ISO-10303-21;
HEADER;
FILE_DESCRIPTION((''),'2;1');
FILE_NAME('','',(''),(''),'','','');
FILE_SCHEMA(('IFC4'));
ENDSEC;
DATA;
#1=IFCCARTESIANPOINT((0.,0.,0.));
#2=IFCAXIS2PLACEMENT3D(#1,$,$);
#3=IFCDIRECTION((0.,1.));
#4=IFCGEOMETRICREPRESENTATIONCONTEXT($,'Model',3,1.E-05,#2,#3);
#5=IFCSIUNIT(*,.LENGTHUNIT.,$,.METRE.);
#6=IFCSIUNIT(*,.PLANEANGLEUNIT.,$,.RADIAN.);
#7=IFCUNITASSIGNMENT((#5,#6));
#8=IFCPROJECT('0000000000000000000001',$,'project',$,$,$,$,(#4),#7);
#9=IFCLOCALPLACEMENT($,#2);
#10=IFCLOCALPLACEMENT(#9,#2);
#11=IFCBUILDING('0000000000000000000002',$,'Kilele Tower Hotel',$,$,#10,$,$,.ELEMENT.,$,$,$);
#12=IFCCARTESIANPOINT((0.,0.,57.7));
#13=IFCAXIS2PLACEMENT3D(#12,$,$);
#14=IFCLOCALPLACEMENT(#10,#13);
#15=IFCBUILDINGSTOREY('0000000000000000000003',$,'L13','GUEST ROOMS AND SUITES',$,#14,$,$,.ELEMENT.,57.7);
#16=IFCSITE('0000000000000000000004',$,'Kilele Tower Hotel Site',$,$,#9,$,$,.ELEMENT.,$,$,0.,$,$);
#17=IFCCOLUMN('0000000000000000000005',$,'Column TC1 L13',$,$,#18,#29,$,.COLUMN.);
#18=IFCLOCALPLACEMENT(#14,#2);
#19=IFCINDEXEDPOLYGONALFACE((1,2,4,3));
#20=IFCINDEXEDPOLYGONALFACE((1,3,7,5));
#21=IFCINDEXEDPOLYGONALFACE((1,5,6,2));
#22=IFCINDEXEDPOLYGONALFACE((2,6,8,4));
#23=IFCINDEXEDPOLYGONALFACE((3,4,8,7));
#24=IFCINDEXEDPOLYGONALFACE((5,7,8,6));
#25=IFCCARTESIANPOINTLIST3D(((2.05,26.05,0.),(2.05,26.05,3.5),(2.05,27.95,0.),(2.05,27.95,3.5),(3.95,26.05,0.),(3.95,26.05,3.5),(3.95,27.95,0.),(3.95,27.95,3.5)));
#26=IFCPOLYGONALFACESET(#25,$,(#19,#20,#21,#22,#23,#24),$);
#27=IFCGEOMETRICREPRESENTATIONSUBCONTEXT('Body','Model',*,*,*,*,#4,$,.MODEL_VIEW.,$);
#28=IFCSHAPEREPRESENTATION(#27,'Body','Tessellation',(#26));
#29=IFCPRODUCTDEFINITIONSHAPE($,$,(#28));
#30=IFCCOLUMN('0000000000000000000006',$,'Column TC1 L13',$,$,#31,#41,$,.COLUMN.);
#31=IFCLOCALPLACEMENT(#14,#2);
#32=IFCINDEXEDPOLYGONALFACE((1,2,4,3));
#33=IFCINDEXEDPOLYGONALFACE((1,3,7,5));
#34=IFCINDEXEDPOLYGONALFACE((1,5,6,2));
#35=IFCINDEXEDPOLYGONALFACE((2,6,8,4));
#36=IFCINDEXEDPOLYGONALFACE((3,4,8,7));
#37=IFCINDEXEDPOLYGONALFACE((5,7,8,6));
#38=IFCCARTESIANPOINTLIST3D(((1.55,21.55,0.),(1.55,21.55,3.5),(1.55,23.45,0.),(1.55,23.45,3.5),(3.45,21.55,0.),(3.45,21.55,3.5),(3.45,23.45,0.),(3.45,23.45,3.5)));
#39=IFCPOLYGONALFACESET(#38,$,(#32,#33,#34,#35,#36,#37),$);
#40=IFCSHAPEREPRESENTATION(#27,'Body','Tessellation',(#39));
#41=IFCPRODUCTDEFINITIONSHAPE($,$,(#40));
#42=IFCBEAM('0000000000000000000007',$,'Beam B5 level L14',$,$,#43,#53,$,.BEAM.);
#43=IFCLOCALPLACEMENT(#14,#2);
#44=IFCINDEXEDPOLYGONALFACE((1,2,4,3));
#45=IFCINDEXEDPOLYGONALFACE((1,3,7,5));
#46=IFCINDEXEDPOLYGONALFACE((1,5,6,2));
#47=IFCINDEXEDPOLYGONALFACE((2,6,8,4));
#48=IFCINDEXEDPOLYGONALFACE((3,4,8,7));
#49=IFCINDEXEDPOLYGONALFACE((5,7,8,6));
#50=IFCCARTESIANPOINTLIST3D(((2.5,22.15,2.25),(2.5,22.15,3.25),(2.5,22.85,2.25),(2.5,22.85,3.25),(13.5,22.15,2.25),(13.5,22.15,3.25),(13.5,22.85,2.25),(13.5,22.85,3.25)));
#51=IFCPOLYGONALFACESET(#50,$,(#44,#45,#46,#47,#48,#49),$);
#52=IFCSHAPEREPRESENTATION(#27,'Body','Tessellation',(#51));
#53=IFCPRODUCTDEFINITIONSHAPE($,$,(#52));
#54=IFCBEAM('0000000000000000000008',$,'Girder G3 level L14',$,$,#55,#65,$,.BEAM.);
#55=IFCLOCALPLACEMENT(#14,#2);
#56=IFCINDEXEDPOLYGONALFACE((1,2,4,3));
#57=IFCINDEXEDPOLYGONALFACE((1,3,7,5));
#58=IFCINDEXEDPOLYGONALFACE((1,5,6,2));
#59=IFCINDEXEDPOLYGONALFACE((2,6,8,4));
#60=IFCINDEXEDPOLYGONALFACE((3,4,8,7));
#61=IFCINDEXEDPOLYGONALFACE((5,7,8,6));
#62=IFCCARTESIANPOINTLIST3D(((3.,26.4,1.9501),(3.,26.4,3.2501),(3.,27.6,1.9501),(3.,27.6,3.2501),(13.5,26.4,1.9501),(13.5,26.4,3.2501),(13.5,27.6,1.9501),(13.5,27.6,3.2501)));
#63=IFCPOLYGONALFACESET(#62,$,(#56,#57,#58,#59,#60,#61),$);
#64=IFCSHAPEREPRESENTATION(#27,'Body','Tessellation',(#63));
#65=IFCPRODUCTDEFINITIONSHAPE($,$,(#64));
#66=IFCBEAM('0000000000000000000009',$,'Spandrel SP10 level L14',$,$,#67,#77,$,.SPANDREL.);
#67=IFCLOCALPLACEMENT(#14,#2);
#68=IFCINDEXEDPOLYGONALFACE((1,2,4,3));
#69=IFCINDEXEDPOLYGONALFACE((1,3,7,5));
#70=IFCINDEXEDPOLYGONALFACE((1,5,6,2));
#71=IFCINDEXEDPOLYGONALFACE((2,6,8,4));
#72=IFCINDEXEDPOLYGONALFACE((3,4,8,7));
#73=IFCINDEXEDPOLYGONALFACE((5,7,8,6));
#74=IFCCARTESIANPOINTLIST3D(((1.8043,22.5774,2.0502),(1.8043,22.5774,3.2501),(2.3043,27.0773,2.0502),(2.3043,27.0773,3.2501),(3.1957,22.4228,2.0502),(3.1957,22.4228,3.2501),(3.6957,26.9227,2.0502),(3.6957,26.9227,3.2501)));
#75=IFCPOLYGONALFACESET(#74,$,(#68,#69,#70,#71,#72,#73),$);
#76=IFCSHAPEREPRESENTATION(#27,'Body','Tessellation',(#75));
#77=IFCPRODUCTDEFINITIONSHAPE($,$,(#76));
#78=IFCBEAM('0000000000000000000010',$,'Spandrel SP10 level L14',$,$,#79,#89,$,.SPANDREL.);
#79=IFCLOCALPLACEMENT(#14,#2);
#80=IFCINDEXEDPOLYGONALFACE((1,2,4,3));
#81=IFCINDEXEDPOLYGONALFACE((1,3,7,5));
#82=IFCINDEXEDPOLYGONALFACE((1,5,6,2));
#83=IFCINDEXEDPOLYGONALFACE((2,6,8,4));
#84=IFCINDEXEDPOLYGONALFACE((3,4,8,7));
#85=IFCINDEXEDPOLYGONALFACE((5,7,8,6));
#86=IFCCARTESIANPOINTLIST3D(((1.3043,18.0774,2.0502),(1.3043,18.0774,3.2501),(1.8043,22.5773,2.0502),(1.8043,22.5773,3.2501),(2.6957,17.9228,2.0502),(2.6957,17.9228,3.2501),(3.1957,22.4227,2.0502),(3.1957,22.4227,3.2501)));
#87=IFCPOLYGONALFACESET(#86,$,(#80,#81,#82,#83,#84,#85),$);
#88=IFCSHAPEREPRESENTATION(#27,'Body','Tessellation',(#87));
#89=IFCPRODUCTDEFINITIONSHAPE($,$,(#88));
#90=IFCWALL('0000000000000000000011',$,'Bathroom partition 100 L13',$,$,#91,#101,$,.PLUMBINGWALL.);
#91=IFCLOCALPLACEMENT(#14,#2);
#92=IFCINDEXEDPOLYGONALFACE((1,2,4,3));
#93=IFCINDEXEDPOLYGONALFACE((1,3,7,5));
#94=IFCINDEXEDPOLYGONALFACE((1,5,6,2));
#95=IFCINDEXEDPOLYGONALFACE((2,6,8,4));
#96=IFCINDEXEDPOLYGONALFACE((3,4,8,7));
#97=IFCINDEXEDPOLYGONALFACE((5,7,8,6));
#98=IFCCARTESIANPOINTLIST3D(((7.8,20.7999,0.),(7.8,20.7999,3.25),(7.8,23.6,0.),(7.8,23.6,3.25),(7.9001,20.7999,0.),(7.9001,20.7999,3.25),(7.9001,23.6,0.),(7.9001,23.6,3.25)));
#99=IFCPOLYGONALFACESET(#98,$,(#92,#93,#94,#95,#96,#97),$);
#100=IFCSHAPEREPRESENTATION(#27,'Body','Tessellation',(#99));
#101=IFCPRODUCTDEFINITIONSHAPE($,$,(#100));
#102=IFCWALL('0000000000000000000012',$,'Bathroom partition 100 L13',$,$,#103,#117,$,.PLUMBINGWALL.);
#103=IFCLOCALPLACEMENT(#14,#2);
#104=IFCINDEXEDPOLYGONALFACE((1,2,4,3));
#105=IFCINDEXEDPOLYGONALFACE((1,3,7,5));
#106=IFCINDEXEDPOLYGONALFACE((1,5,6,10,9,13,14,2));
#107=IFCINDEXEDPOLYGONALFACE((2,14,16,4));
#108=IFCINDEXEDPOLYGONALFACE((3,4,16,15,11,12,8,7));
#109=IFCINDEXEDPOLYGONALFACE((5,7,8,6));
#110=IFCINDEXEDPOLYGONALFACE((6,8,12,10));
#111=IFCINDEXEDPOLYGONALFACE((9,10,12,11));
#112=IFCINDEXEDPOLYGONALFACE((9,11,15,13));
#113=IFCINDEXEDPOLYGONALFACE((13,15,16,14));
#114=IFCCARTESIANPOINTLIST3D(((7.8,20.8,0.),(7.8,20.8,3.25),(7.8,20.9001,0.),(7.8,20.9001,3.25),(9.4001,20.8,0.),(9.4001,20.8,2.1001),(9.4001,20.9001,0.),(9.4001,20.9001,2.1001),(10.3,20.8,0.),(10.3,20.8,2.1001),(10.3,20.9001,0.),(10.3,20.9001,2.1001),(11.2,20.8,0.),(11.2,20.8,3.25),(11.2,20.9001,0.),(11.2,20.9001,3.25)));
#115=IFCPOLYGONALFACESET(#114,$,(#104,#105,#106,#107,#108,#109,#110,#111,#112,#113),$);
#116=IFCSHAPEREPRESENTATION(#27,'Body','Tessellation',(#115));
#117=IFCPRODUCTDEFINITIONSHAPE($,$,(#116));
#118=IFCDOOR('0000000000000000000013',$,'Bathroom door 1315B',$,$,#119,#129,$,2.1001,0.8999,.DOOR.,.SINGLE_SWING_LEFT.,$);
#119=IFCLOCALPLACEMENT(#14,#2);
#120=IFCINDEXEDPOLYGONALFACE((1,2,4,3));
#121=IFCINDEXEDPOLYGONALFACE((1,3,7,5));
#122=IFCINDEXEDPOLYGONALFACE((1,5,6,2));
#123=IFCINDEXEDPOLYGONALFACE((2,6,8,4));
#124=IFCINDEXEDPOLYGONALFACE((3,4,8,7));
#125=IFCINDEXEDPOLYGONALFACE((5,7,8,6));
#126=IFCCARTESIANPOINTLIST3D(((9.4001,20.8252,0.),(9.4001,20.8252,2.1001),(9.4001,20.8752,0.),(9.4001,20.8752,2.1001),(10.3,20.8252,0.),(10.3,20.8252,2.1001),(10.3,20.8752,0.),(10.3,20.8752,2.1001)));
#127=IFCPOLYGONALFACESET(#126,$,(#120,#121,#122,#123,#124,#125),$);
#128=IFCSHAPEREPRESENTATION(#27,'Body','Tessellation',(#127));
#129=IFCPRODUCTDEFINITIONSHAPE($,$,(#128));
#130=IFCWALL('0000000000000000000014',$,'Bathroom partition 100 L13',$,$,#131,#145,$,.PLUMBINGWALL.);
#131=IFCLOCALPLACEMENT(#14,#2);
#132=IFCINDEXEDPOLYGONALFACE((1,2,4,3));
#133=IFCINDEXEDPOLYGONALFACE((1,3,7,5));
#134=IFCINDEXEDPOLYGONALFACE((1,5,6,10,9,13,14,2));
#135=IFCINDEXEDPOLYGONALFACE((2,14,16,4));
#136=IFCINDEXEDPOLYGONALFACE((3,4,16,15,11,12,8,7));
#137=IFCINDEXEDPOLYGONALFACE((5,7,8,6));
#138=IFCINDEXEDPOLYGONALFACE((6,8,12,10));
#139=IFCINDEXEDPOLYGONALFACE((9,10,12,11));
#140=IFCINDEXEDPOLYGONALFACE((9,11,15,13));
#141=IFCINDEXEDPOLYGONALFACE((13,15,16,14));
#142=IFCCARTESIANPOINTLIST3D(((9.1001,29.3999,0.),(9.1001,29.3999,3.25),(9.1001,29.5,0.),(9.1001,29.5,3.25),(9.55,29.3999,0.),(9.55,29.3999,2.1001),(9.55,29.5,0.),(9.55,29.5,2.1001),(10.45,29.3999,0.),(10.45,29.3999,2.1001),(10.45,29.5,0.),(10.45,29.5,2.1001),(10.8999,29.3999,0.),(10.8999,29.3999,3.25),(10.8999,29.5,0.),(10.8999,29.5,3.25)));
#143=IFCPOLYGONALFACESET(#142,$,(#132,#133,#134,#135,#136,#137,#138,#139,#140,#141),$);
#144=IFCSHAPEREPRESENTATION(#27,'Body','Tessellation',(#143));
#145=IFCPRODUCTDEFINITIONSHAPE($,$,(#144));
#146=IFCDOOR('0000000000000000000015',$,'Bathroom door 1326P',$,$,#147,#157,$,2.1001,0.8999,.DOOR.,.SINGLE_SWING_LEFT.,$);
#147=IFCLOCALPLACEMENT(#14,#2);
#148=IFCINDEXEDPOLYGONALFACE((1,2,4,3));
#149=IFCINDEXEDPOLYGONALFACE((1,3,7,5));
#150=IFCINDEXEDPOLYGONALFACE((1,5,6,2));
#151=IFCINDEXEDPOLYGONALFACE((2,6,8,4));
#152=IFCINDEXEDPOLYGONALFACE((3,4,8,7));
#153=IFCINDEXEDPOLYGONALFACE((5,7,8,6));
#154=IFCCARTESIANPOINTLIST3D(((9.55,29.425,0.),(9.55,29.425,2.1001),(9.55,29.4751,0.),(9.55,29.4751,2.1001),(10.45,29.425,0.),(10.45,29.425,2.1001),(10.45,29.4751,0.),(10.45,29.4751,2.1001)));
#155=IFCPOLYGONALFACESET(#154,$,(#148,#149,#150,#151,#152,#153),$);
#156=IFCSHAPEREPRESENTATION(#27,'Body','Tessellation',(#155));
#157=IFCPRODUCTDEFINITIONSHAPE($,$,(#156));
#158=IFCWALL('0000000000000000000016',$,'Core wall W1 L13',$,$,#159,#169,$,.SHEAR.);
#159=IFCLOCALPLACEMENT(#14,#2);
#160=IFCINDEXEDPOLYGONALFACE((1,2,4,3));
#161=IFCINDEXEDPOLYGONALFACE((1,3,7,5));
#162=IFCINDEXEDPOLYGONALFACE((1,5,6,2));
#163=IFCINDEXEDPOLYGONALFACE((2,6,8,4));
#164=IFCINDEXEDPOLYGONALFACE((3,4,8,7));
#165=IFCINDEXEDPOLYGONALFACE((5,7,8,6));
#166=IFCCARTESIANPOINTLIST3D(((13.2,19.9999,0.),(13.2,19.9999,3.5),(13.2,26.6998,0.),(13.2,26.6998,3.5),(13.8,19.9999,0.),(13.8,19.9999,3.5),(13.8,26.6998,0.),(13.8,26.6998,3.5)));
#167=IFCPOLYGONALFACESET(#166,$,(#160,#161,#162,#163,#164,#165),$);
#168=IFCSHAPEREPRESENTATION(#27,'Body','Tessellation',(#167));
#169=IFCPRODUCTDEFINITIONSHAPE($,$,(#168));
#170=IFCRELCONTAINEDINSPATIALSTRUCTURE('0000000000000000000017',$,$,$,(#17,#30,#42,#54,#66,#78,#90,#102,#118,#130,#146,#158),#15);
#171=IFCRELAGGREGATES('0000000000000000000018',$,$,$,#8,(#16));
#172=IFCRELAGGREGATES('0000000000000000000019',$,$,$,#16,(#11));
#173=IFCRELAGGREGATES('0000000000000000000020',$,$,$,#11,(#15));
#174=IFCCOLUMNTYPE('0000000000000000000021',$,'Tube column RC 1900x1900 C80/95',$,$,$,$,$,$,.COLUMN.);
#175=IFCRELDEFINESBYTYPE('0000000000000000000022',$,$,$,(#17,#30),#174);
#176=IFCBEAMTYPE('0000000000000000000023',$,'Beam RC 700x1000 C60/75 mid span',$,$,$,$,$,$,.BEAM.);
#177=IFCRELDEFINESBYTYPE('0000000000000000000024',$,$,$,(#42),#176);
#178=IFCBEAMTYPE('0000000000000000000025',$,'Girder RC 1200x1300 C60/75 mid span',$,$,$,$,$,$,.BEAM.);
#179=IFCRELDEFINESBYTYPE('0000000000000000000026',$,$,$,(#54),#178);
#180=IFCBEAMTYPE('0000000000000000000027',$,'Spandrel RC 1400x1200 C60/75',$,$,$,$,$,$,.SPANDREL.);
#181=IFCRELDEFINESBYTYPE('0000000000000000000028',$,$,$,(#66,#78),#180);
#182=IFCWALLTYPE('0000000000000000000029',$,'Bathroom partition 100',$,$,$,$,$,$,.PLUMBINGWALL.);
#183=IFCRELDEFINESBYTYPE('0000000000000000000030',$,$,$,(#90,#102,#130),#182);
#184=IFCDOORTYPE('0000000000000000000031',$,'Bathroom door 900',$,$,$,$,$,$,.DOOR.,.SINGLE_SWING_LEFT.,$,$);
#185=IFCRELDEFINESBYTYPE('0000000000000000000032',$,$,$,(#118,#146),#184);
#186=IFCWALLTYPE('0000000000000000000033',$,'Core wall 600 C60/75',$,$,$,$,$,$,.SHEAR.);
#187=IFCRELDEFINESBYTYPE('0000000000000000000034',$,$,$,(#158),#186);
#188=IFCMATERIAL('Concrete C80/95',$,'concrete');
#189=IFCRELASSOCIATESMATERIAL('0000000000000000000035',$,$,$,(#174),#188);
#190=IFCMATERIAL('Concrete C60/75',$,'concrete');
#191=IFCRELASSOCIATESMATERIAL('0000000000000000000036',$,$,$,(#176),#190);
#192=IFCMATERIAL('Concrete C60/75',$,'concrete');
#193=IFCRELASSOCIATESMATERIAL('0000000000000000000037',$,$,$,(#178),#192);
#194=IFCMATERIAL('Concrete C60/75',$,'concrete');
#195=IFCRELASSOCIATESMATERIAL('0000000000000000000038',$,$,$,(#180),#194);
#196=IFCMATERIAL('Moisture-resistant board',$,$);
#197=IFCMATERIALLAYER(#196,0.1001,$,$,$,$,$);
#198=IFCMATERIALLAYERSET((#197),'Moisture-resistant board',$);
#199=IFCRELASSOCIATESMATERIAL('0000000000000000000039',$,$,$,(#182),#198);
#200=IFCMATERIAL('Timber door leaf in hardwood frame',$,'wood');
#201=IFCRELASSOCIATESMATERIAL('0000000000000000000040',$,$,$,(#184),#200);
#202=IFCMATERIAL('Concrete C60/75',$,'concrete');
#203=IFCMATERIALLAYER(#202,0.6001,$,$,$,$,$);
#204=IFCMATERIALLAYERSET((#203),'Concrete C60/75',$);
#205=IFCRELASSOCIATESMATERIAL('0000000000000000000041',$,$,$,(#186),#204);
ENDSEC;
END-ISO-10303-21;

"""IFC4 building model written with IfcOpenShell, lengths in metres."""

from ifc_helpers import new_model, si_unit, direction, frame, frame_2d, origin, origin_2d, place, context, subcontext, project, spatial, rectangle, extrude, material, layer, layer_set, material_profile, profile_set, type_object, element, fill, save


model = new_model("IFC4")

# Units and contexts
model_context = context("Model", 3, precision=1e-05, world=origin(), true_north=direction((0.0, 1.0)))
body_context = subcontext(model_context, "Body", "Model", "MODEL_VIEW")
ifc_project = project(units=[si_unit("LENGTHUNIT", "METRE"), si_unit("PLANEANGLEUNIT", "RADIAN")], contexts=[model_context])

# Site, building, storey
site_placement = place(None, origin())
site = spatial("IfcSite", under=ifc_project, at=site_placement, Name="Kilele Tower Hotel Site", CompositionType="ELEMENT", RefElevation=0.0)
building_placement = place(site_placement, origin())
building = spatial("IfcBuilding", under=site, at=building_placement, Name="Kilele Tower Hotel", CompositionType="ELEMENT")
storey_placement = place(building_placement, frame((0.0, 0.0, 57.7)))
storey = spatial("IfcBuildingStorey", under=building, at=storey_placement, Name="L13", Description="GUEST ROOMS AND SUITES", CompositionType="ELEMENT", Elevation=57.7)

# Columns
ifc_material_1 = material(Name="Concrete C80/95", Category="concrete")
ifc_material_profile_1 = material_profile(ifc_material_1, rectangle(XDim=1.8999, YDim=1.8999, at=origin_2d()))
ifc_profile_set_1 = profile_set([ifc_material_profile_1], Name="Concrete C80/95")
column_type = type_object("IfcColumnType", Name="Tube column RC 1900x1900 C80/95", PredefinedType="COLUMN", material=ifc_profile_set_1)
for number, where, z_axis, x_axis, name in (
    (1, (3.0, 27.0, 0.0), (0.0, 0.0, 1.0), (1.0, 0.0, 0.0), "Column TC1 L13"),
    (2, (2.5, 22.5, 0.0), (0.0, 0.0, 1.0), (1.0, 0.0, 0.0), "Column TC1 L13"),
):
    element("IfcColumn", number, at=place(storey_placement, frame(where, z_axis=z_axis, x_axis=x_axis)), inside=storey, type_object=column_type, Name=name, PredefinedType="COLUMN", context=body_context, shape_type="SweptSolid", body=[
        extrude(rectangle(XDim=1.8999, YDim=1.8999, at=origin_2d()), origin(), (0.0, 0.0, 1.0), 3.5),
    ])

# Beams
ifc_material_2 = material(Name="Concrete C60/75", Category="concrete")
ifc_material_profile_2 = material_profile(ifc_material_2, rectangle(XDim=0.7, YDim=1.0, at=origin_2d()))
ifc_profile_set_2 = profile_set([ifc_material_profile_2], Name="Concrete C60/75")
beam_type_1 = type_object("IfcBeamType", Name="Beam RC 700x1000 C60/75 mid span", PredefinedType="BEAM", material=ifc_profile_set_2)
beam_1_placement = place(storey_placement, frame((2.5, 22.5, 2.75), z_axis=(1.0, 0.0, 0.0), x_axis=(0.0, 1.0, 0.0)))
element("IfcBeam", 3, at=beam_1_placement, inside=storey, type_object=beam_type_1, Name="Beam B5 level L14", PredefinedType="BEAM", context=body_context, shape_type="SweptSolid", body=[
    extrude(rectangle(XDim=0.7, YDim=1.0, at=origin_2d()), origin(), (0.0, 0.0, 1.0), 11.0),
])
ifc_material_3 = material(Name="Concrete C60/75", Category="concrete")
ifc_material_profile_3 = material_profile(ifc_material_3, rectangle(XDim=1.2, YDim=1.3, at=origin_2d()))
ifc_profile_set_3 = profile_set([ifc_material_profile_3], Name="Concrete C60/75")
beam_type_2 = type_object("IfcBeamType", Name="Girder RC 1200x1300 C60/75 mid span", PredefinedType="BEAM", material=ifc_profile_set_3)
beam_2_placement = place(storey_placement, frame((3.0, 27.0, 2.6001), z_axis=(1.0, 0.0, 0.0), x_axis=(0.0, 1.0, 0.0)))
element("IfcBeam", 4, at=beam_2_placement, inside=storey, type_object=beam_type_2, Name="Girder G3 level L14", PredefinedType="BEAM", context=body_context, shape_type="SweptSolid", body=[
    extrude(rectangle(XDim=1.2, YDim=1.3, at=origin_2d()), origin(), (0.0, 0.0, 1.0), 10.5),
])
ifc_material_4 = material(Name="Concrete C60/75", Category="concrete")
ifc_material_profile_4 = material_profile(ifc_material_4, rectangle(XDim=1.3999, YDim=1.2, at=origin_2d()))
ifc_profile_set_4 = profile_set([ifc_material_profile_4], Name="Concrete C60/75")
beam_type_3 = type_object("IfcBeamType", Name="Spandrel RC 1400x1200 C60/75", PredefinedType="SPANDREL", material=ifc_profile_set_4)
for number, where, z_axis, x_axis, name in (
    (5, (3.0, 27.0, 2.6501), (-0.110432, -0.993884, 0.0), (0.993884, -0.110432, 0.0), "Spandrel SP10 level L14"),
    (6, (2.5, 22.5, 2.6501), (-0.110432, -0.993884, 0.0), (0.993884, -0.110432, 0.0), "Spandrel SP10 level L14"),
):
    element("IfcBeam", number, at=place(storey_placement, frame(where, z_axis=z_axis, x_axis=x_axis)), inside=storey, type_object=beam_type_3, Name=name, PredefinedType="SPANDREL", context=body_context, shape_type="SweptSolid", body=[
        extrude(rectangle(XDim=1.3999, YDim=1.2, at=origin_2d()), origin(), (0.0, 0.0, 1.0), 4.5276),
    ])

# Wall
ifc_material_5 = material(Name="Moisture-resistant board")
ifc_layer_1 = layer(ifc_material_5, 0.1001)
ifc_layer_set_1 = layer_set([ifc_layer_1], Name="Moisture-resistant board")
wall_type_1 = type_object("IfcWallType", Name="Bathroom partition 100", PredefinedType="PLUMBINGWALL", material=ifc_layer_set_1)
wall_1_placement = place(storey_placement, frame((7.8501, 20.8, 0.0), z_axis=(0.0, 0.0, 1.0), x_axis=(0.0, 1.0, 0.0)))
element("IfcWall", 7, at=wall_1_placement, inside=storey, type_object=wall_type_1, Name="Bathroom partition 100 L13", PredefinedType="PLUMBINGWALL", context=body_context, shape_type="SweptSolid", body=[
    extrude(rectangle(XDim=2.8, YDim=0.1001, at=frame_2d((1.3999, 0.0))), origin(), (0.0, 0.0, 1.0), 3.25),
])

# Walls, openings, doors
wall_2_placement = place(storey_placement, frame((11.2, 20.8501, 0.0), z_axis=(0.0, 0.0, 1.0), x_axis=(-1.0, 0.0, 0.0)))
wall_2 = element("IfcWall", 8, at=wall_2_placement, inside=storey, type_object=wall_type_1, Name="Bathroom partition 100 L13", PredefinedType="PLUMBINGWALL", context=body_context, shape_type="SweptSolid", body=[
    extrude(rectangle(XDim=3.3999, YDim=0.1001, at=frame_2d((1.7, 0.0))), origin(), (0.0, 0.0, 1.0), 3.25),
])
opening_1_placement = place(wall_2_placement, frame((0.8999, 0.0, 0.0)))
opening_1 = element("IfcOpeningElement", 9, at=opening_1_placement, cuts=wall_2, PredefinedType="OPENING", context=body_context, shape_type="SweptSolid", body=[
    extrude(rectangle(XDim=0.8999, YDim=2.1001, at=frame_2d((0.45, 1.05))), frame((0.0, 0.0601, 0.0), z_axis=(0.0, -1.0, 0.0), x_axis=(1.0, 0.0, 0.0)), (0.0, 0.0, 1.0), 0.1201),
])
ifc_material_6 = material(Name="Timber door leaf in hardwood frame", Category="wood")
door_type_1 = type_object("IfcDoorType", Name="Bathroom door 900", OperationType="SINGLE_SWING_LEFT", PredefinedType="DOOR", material=ifc_material_6)
door_1_placement = place(opening_1_placement, origin())
door_1 = element("IfcDoor", 10, at=door_1_placement, inside=storey, type_object=door_type_1, Name="Bathroom door 1315B", OperationType="SINGLE_SWING_LEFT", OverallHeight=2.1001, OverallWidth=0.8999, PredefinedType="DOOR", context=body_context, shape_type="SweptSolid", body=[
    extrude(rectangle(XDim=0.8999, YDim=2.1001, at=frame_2d((0.45, 1.05))), frame((0.0, 0.0249, 0.0), z_axis=(0.0, -1.0, 0.0), x_axis=(1.0, 0.0, 0.0)), (0.0, 0.0, 1.0), 0.05),
])
fill(opening_1, door_1)
wall_3_placement = place(storey_placement, frame((10.8999, 29.45, 0.0), z_axis=(0.0, 0.0, 1.0), x_axis=(-1.0, 0.0, 0.0)))
wall_3 = element("IfcWall", 11, at=wall_3_placement, inside=storey, type_object=wall_type_1, Name="Bathroom partition 100 L13", PredefinedType="PLUMBINGWALL", context=body_context, shape_type="SweptSolid", body=[
    extrude(rectangle(XDim=1.7998, YDim=0.1001, at=frame_2d((0.8999, 0.0))), origin(), (0.0, 0.0, 1.0), 3.25),
])
opening_2_placement = place(wall_3_placement, frame((0.45, 0.0, 0.0)))
opening_2 = element("IfcOpeningElement", 12, at=opening_2_placement, cuts=wall_3, PredefinedType="OPENING", context=body_context, shape_type="SweptSolid", body=[
    extrude(rectangle(XDim=0.8999, YDim=2.1001, at=frame_2d((0.45, 1.05))), frame((0.0, 0.0601, 0.0), z_axis=(0.0, -1.0, 0.0), x_axis=(1.0, 0.0, 0.0)), (0.0, 0.0, 1.0), 0.1201),
])
door_2_placement = place(opening_2_placement, origin())
door_2 = element("IfcDoor", 13, at=door_2_placement, inside=storey, type_object=door_type_1, Name="Bathroom door 1326P", OperationType="SINGLE_SWING_LEFT", OverallHeight=2.1001, OverallWidth=0.8999, PredefinedType="DOOR", context=body_context, shape_type="SweptSolid", body=[
    extrude(rectangle(XDim=0.8999, YDim=2.1001, at=frame_2d((0.45, 1.05))), frame((0.0, 0.0249, 0.0), z_axis=(0.0, -1.0, 0.0), x_axis=(1.0, 0.0, 0.0)), (0.0, 0.0, 1.0), 0.05),
])
fill(opening_2, door_2)

# Wall
ifc_material_7 = material(Name="Concrete C60/75", Category="concrete")
ifc_layer_2 = layer(ifc_material_7, 0.6001)
ifc_layer_set_2 = layer_set([ifc_layer_2], Name="Concrete C60/75")
wall_type_2 = type_object("IfcWallType", Name="Core wall 600 C60/75", PredefinedType="SHEAR", material=ifc_layer_set_2)
wall_4_placement = place(storey_placement, frame((13.5, 26.7, 0.0), z_axis=(0.0, 0.0, 1.0), x_axis=(0.0, -1.0, 0.0)))
element("IfcWall", 14, at=wall_4_placement, inside=storey, type_object=wall_type_2, Name="Core wall W1 L13", PredefinedType="SHEAR", context=body_context, shape_type="SweptSolid", body=[
    extrude(rectangle(XDim=6.7, YDim=0.6001, at=frame_2d((3.3501, 0.0))), origin(), (0.0, 0.0, 1.0), 3.5),
])

save(model, "model.ifc")
